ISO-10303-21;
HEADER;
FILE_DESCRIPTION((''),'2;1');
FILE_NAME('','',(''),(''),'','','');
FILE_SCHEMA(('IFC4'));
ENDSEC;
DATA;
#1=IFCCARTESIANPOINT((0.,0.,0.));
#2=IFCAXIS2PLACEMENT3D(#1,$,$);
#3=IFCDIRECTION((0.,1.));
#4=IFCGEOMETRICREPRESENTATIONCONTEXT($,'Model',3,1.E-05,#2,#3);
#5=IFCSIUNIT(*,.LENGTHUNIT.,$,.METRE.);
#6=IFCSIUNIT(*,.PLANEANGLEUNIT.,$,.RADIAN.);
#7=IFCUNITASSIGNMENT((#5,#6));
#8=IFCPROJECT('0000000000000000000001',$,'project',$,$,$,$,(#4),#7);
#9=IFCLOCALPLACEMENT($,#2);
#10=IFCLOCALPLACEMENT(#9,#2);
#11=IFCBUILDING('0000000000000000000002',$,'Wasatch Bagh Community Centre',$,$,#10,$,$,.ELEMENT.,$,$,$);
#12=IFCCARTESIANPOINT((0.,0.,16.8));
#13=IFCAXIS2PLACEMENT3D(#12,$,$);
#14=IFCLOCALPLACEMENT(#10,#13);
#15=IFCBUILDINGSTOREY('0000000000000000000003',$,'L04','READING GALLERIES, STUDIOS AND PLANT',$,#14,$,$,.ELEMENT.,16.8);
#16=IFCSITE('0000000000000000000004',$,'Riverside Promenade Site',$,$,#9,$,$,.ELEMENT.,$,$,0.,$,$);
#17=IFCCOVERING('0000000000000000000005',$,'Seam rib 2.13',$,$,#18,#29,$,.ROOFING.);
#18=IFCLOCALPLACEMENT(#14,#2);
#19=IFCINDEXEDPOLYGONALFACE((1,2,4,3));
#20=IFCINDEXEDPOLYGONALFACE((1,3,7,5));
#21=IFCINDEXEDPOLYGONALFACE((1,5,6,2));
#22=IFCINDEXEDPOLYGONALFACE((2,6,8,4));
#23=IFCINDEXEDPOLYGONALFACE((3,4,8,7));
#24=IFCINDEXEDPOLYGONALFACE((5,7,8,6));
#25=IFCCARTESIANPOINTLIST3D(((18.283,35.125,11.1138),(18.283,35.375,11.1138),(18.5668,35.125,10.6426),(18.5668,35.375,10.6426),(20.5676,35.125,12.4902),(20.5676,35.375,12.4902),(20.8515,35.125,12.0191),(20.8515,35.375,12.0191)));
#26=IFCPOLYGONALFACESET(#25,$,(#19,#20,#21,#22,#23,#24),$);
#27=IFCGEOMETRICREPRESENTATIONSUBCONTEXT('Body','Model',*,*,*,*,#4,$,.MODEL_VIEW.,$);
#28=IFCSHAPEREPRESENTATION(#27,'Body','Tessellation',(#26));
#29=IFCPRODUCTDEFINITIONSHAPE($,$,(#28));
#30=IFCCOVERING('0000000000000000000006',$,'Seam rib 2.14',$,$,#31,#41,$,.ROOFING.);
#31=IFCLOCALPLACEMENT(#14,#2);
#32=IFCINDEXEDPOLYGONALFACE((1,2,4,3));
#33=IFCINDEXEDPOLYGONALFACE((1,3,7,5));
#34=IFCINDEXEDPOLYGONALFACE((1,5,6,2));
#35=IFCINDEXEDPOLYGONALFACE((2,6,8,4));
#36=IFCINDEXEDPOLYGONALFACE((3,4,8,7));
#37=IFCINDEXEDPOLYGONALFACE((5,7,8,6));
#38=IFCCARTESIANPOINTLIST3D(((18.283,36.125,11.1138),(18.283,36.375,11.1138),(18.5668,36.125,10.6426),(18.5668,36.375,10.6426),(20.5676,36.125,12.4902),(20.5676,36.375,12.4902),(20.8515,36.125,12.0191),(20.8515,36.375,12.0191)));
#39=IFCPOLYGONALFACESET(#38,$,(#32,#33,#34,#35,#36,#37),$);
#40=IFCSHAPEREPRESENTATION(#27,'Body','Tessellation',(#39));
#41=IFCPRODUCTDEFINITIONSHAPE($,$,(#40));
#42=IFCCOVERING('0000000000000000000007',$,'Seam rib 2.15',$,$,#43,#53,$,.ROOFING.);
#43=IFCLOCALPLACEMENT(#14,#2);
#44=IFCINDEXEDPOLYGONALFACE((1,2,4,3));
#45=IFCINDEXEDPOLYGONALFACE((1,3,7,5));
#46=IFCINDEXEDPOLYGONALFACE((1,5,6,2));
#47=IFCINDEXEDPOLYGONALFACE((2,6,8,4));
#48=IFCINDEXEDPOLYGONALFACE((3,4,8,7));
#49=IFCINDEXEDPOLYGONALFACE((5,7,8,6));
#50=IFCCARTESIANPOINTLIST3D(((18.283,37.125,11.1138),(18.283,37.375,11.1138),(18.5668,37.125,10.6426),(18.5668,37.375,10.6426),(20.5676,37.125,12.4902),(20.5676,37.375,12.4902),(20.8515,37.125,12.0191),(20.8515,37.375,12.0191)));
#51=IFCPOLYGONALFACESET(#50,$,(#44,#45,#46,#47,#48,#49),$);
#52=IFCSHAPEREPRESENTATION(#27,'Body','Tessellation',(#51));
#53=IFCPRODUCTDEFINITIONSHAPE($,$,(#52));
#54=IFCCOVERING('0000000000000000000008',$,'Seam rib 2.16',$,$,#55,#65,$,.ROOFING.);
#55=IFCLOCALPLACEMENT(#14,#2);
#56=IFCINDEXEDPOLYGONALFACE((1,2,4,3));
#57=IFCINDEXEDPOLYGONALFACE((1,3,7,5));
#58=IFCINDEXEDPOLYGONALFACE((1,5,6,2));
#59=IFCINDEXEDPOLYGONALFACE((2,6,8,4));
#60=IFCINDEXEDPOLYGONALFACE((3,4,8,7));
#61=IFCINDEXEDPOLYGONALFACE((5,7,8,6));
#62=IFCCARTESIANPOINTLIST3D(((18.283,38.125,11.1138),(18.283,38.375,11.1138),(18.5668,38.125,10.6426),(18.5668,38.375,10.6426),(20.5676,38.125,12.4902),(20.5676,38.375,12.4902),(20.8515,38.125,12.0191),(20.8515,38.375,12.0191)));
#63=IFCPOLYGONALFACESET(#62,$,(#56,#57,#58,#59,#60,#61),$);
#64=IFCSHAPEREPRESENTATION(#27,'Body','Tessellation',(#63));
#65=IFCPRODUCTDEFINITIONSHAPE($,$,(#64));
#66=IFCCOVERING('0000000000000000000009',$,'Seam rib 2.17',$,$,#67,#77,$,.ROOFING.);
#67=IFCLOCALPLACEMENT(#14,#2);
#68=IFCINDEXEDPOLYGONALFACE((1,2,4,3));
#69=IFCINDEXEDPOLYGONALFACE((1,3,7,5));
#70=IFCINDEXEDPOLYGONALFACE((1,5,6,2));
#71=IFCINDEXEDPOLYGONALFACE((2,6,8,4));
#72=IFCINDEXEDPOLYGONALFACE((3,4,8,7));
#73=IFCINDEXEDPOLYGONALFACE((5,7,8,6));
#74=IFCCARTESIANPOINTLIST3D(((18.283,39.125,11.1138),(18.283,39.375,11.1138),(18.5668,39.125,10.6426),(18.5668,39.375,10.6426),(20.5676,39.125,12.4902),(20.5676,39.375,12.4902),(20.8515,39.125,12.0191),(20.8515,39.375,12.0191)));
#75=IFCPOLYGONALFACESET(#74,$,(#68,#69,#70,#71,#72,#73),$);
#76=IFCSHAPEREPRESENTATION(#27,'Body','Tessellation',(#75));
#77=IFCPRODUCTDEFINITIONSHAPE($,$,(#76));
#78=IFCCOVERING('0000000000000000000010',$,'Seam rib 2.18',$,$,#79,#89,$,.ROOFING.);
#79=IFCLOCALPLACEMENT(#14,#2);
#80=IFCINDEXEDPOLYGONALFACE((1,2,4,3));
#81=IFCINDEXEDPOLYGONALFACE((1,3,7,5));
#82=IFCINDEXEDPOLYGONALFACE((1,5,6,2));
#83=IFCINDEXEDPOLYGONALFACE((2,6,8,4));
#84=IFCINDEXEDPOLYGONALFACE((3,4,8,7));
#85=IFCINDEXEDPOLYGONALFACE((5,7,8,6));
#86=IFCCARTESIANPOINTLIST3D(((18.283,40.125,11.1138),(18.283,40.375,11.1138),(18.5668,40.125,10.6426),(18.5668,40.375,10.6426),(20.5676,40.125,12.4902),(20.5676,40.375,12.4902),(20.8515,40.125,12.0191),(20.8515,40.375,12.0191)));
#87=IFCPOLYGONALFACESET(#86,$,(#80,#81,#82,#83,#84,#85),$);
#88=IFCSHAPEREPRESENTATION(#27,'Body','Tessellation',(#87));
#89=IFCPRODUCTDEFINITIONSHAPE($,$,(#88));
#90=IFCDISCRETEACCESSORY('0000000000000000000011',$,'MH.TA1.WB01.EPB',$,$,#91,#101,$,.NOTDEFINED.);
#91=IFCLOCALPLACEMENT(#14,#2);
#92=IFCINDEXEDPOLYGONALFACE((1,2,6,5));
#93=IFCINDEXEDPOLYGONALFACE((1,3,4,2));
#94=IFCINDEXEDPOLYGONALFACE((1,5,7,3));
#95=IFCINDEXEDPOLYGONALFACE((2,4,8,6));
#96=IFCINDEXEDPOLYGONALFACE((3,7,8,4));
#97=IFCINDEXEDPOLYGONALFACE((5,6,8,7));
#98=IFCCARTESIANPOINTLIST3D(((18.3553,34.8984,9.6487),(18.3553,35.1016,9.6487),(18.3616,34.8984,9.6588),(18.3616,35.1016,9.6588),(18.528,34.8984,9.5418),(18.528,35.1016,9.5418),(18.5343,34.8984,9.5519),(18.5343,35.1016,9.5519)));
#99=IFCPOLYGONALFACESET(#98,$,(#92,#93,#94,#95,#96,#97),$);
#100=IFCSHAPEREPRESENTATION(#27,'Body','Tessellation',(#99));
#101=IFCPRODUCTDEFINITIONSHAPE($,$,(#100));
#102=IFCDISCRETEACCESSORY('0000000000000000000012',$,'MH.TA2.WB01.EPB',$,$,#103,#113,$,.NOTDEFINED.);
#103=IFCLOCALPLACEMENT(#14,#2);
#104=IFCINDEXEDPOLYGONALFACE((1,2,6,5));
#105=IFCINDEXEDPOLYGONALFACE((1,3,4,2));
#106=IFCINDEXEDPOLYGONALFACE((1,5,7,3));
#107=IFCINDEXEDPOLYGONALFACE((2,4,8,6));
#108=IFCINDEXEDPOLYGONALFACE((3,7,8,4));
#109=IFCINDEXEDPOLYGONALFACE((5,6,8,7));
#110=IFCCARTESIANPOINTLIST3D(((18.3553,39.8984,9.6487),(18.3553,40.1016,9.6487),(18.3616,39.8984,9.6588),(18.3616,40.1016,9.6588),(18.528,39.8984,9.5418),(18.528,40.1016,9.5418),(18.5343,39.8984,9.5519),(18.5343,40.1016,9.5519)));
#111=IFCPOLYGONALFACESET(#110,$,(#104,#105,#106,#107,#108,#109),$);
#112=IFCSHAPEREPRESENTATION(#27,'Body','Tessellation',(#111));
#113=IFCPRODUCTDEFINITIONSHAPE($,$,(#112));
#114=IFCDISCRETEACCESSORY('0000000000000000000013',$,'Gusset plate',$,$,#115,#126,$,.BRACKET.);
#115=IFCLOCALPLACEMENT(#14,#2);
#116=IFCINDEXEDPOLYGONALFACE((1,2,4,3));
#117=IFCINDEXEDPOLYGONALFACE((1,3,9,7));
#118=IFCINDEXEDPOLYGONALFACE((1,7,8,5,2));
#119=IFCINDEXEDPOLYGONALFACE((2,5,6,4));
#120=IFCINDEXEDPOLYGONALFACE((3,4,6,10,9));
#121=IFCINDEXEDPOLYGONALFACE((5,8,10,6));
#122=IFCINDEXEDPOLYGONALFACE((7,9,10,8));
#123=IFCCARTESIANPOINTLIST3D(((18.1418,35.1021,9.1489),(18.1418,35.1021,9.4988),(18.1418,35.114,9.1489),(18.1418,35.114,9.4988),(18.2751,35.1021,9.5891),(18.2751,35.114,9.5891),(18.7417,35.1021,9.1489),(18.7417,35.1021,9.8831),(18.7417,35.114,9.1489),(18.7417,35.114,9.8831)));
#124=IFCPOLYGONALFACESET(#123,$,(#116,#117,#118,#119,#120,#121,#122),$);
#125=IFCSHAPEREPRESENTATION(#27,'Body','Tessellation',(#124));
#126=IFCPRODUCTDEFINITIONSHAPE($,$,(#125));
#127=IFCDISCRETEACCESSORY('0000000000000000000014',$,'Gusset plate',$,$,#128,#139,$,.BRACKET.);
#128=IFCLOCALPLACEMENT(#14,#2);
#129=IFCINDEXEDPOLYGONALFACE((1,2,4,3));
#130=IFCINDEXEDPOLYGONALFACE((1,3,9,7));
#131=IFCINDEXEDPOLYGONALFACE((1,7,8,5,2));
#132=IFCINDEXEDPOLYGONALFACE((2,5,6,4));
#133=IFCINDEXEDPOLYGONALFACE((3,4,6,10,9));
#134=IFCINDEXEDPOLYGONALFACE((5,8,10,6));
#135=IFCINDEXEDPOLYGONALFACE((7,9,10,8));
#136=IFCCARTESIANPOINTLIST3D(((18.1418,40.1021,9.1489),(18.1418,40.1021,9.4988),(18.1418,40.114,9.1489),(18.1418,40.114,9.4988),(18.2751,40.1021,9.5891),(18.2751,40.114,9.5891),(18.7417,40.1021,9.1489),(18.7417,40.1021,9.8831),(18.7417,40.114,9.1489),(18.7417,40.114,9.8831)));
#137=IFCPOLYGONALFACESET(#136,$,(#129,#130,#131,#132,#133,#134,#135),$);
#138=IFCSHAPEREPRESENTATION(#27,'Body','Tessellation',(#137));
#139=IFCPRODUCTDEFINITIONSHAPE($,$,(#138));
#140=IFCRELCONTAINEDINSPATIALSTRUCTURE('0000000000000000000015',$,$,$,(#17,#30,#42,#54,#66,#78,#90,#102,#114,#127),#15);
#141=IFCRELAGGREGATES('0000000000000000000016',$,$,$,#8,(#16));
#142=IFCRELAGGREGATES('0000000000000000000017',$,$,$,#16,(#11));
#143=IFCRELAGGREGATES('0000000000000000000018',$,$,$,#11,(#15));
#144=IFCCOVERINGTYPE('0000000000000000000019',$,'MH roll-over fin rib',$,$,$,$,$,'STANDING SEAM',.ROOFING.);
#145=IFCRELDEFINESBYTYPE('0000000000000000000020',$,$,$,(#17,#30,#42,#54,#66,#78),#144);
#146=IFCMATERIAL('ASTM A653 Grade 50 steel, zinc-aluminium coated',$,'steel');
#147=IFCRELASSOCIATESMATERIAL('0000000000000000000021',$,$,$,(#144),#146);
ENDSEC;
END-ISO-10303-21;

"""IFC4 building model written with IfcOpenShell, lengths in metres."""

from ifc_helpers import new_model, si_unit, direction, frame, origin, origin_2d, place, context, subcontext, project, spatial, polyline, rectangle, outline, extrude, material, type_object, element, save


model = new_model("IFC4")

# Units and contexts
model_context = context("Model", 3, precision=1e-05, world=origin(), true_north=direction((0.0, 1.0)))
body_context = subcontext(model_context, "Body", "Model", "MODEL_VIEW")
ifc_project = project(units=[si_unit("LENGTHUNIT", "METRE"), si_unit("PLANEANGLEUNIT", "RADIAN")], contexts=[model_context])

# Site, building, storey
site_placement = place(None, origin())
site = spatial("IfcSite", under=ifc_project, at=site_placement, Name="Riverside Promenade Site", CompositionType="ELEMENT", RefElevation=0.0)
building_placement = place(site_placement, origin())
building = spatial("IfcBuilding", under=site, at=building_placement, Name="Wasatch Bagh Community Centre", CompositionType="ELEMENT")
storey_placement = place(building_placement, frame((0.0, 0.0, 16.8)))
storey = spatial("IfcBuildingStorey", under=building, at=storey_placement, Name="L04", Description="READING GALLERIES, STUDIOS AND PLANT", CompositionType="ELEMENT", Elevation=16.8)

# Coverings
ifc_material_1 = material(Name="ASTM A653 Grade 50 steel, zinc-aluminium coated", Category="steel")
covering_type = type_object("IfcCoveringType", Name="MH roll-over fin rib", ElementType="STANDING SEAM", PredefinedType="ROOFING", material=ifc_material_1)
for number, where, z_axis, x_axis, name in (
    (1, (18.283, 35.125, 11.1138), (-0.516056, 0.0, 0.856555), (0.856555, 0.0, 0.516056), "Seam rib 2.13"),
    (2, (18.283, 36.125, 11.1138), (-0.516056, 0.0, 0.856555), (0.856555, 0.0, 0.516056), "Seam rib 2.14"),
    (3, (18.283, 37.125, 11.1138), (-0.516056, 0.0, 0.856555), (0.856555, 0.0, 0.516056), "Seam rib 2.15"),
    (4, (18.283, 38.125, 11.1138), (-0.516056, 0.0, 0.856555), (0.856555, 0.0, 0.516056), "Seam rib 2.16"),
    (5, (18.283, 39.125, 11.1138), (-0.516056, 0.0, 0.856555), (0.856555, 0.0, 0.516056), "Seam rib 2.17"),
    (6, (18.283, 40.125, 11.1138), (-0.516056, 0.0, 0.856555), (0.856555, 0.0, 0.516056), "Seam rib 2.18"),
):
    element("IfcCovering", number, at=place(storey_placement, frame(where, z_axis=z_axis, x_axis=x_axis)), inside=storey, type_object=covering_type, Name=name, PredefinedType="ROOFING", context=body_context, shape_type="SweptSolid", body=[
        extrude(outline(polyline([(0.0, 0.0), (2.6673, 0.0), (2.6673, 0.25), (0.0, 0.25), (0.0, 0.0)])), origin(), (0.0, 0.0, -1.0), 0.55),
    ])

# Discrete accessories
for number, where, z_axis, x_axis, name in (
    (7, (18.4417, 35.0, 9.5952), (0.526355, 0.0, 0.850265), (0.0, 1.0, 0.0), "MH.TA1.WB01.EPB"),
    (8, (18.4417, 40.0, 9.5952), (0.526355, 0.0, 0.850265), (0.0, 1.0, 0.0), "MH.TA2.WB01.EPB"),
):
    element("IfcDiscreteAccessory", number, at=place(storey_placement, frame(where, z_axis=z_axis, x_axis=x_axis)), inside=storey, Name=name, PredefinedType="NOTDEFINED", context=body_context, shape_type="SweptSolid", body=[
        extrude(rectangle(XDim=0.2031, YDim=0.2031, at=origin_2d()), origin(), (0.0, 0.0, 1.0), 0.012),
    ])
discrete_accessory_1_placement = place(storey_placement, frame((18.1418, 35.114, 9.4988), z_axis=(0.0, 1.0, 0.0), x_axis=(0.827828, 0.0, 0.560982)))
element("IfcDiscreteAccessory", 9, at=discrete_accessory_1_placement, inside=storey, Name="Gusset plate", PredefinedType="BRACKET", context=body_context, shape_type="SweptSolid", body=[
    extrude(outline(polyline([(0.0, 0.0), (0.161, 0.0), (0.7121, 0.0184), (0.3003, 0.6261), (-0.1963, 0.2896), (0.0, 0.0)])), origin(), (0.0, 0.0, -1.0), 0.012),
])
discrete_accessory_2_placement = place(storey_placement, frame((18.1418, 40.114, 9.4988), z_axis=(0.0, 1.0, 0.0), x_axis=(0.827828, 0.0, 0.560982)))
element("IfcDiscreteAccessory", 10, at=discrete_accessory_2_placement, inside=storey, Name="Gusset plate", PredefinedType="BRACKET", context=body_context, shape_type="SweptSolid", body=[
    extrude(outline(polyline([(0.0, 0.0), (0.161, 0.0), (0.7121, 0.0184), (0.3003, 0.6261), (-0.1963, 0.2896), (0.0, 0.0)])), origin(), (0.0, 0.0, -1.0), 0.012),
])

save(model, "model.ifc")
